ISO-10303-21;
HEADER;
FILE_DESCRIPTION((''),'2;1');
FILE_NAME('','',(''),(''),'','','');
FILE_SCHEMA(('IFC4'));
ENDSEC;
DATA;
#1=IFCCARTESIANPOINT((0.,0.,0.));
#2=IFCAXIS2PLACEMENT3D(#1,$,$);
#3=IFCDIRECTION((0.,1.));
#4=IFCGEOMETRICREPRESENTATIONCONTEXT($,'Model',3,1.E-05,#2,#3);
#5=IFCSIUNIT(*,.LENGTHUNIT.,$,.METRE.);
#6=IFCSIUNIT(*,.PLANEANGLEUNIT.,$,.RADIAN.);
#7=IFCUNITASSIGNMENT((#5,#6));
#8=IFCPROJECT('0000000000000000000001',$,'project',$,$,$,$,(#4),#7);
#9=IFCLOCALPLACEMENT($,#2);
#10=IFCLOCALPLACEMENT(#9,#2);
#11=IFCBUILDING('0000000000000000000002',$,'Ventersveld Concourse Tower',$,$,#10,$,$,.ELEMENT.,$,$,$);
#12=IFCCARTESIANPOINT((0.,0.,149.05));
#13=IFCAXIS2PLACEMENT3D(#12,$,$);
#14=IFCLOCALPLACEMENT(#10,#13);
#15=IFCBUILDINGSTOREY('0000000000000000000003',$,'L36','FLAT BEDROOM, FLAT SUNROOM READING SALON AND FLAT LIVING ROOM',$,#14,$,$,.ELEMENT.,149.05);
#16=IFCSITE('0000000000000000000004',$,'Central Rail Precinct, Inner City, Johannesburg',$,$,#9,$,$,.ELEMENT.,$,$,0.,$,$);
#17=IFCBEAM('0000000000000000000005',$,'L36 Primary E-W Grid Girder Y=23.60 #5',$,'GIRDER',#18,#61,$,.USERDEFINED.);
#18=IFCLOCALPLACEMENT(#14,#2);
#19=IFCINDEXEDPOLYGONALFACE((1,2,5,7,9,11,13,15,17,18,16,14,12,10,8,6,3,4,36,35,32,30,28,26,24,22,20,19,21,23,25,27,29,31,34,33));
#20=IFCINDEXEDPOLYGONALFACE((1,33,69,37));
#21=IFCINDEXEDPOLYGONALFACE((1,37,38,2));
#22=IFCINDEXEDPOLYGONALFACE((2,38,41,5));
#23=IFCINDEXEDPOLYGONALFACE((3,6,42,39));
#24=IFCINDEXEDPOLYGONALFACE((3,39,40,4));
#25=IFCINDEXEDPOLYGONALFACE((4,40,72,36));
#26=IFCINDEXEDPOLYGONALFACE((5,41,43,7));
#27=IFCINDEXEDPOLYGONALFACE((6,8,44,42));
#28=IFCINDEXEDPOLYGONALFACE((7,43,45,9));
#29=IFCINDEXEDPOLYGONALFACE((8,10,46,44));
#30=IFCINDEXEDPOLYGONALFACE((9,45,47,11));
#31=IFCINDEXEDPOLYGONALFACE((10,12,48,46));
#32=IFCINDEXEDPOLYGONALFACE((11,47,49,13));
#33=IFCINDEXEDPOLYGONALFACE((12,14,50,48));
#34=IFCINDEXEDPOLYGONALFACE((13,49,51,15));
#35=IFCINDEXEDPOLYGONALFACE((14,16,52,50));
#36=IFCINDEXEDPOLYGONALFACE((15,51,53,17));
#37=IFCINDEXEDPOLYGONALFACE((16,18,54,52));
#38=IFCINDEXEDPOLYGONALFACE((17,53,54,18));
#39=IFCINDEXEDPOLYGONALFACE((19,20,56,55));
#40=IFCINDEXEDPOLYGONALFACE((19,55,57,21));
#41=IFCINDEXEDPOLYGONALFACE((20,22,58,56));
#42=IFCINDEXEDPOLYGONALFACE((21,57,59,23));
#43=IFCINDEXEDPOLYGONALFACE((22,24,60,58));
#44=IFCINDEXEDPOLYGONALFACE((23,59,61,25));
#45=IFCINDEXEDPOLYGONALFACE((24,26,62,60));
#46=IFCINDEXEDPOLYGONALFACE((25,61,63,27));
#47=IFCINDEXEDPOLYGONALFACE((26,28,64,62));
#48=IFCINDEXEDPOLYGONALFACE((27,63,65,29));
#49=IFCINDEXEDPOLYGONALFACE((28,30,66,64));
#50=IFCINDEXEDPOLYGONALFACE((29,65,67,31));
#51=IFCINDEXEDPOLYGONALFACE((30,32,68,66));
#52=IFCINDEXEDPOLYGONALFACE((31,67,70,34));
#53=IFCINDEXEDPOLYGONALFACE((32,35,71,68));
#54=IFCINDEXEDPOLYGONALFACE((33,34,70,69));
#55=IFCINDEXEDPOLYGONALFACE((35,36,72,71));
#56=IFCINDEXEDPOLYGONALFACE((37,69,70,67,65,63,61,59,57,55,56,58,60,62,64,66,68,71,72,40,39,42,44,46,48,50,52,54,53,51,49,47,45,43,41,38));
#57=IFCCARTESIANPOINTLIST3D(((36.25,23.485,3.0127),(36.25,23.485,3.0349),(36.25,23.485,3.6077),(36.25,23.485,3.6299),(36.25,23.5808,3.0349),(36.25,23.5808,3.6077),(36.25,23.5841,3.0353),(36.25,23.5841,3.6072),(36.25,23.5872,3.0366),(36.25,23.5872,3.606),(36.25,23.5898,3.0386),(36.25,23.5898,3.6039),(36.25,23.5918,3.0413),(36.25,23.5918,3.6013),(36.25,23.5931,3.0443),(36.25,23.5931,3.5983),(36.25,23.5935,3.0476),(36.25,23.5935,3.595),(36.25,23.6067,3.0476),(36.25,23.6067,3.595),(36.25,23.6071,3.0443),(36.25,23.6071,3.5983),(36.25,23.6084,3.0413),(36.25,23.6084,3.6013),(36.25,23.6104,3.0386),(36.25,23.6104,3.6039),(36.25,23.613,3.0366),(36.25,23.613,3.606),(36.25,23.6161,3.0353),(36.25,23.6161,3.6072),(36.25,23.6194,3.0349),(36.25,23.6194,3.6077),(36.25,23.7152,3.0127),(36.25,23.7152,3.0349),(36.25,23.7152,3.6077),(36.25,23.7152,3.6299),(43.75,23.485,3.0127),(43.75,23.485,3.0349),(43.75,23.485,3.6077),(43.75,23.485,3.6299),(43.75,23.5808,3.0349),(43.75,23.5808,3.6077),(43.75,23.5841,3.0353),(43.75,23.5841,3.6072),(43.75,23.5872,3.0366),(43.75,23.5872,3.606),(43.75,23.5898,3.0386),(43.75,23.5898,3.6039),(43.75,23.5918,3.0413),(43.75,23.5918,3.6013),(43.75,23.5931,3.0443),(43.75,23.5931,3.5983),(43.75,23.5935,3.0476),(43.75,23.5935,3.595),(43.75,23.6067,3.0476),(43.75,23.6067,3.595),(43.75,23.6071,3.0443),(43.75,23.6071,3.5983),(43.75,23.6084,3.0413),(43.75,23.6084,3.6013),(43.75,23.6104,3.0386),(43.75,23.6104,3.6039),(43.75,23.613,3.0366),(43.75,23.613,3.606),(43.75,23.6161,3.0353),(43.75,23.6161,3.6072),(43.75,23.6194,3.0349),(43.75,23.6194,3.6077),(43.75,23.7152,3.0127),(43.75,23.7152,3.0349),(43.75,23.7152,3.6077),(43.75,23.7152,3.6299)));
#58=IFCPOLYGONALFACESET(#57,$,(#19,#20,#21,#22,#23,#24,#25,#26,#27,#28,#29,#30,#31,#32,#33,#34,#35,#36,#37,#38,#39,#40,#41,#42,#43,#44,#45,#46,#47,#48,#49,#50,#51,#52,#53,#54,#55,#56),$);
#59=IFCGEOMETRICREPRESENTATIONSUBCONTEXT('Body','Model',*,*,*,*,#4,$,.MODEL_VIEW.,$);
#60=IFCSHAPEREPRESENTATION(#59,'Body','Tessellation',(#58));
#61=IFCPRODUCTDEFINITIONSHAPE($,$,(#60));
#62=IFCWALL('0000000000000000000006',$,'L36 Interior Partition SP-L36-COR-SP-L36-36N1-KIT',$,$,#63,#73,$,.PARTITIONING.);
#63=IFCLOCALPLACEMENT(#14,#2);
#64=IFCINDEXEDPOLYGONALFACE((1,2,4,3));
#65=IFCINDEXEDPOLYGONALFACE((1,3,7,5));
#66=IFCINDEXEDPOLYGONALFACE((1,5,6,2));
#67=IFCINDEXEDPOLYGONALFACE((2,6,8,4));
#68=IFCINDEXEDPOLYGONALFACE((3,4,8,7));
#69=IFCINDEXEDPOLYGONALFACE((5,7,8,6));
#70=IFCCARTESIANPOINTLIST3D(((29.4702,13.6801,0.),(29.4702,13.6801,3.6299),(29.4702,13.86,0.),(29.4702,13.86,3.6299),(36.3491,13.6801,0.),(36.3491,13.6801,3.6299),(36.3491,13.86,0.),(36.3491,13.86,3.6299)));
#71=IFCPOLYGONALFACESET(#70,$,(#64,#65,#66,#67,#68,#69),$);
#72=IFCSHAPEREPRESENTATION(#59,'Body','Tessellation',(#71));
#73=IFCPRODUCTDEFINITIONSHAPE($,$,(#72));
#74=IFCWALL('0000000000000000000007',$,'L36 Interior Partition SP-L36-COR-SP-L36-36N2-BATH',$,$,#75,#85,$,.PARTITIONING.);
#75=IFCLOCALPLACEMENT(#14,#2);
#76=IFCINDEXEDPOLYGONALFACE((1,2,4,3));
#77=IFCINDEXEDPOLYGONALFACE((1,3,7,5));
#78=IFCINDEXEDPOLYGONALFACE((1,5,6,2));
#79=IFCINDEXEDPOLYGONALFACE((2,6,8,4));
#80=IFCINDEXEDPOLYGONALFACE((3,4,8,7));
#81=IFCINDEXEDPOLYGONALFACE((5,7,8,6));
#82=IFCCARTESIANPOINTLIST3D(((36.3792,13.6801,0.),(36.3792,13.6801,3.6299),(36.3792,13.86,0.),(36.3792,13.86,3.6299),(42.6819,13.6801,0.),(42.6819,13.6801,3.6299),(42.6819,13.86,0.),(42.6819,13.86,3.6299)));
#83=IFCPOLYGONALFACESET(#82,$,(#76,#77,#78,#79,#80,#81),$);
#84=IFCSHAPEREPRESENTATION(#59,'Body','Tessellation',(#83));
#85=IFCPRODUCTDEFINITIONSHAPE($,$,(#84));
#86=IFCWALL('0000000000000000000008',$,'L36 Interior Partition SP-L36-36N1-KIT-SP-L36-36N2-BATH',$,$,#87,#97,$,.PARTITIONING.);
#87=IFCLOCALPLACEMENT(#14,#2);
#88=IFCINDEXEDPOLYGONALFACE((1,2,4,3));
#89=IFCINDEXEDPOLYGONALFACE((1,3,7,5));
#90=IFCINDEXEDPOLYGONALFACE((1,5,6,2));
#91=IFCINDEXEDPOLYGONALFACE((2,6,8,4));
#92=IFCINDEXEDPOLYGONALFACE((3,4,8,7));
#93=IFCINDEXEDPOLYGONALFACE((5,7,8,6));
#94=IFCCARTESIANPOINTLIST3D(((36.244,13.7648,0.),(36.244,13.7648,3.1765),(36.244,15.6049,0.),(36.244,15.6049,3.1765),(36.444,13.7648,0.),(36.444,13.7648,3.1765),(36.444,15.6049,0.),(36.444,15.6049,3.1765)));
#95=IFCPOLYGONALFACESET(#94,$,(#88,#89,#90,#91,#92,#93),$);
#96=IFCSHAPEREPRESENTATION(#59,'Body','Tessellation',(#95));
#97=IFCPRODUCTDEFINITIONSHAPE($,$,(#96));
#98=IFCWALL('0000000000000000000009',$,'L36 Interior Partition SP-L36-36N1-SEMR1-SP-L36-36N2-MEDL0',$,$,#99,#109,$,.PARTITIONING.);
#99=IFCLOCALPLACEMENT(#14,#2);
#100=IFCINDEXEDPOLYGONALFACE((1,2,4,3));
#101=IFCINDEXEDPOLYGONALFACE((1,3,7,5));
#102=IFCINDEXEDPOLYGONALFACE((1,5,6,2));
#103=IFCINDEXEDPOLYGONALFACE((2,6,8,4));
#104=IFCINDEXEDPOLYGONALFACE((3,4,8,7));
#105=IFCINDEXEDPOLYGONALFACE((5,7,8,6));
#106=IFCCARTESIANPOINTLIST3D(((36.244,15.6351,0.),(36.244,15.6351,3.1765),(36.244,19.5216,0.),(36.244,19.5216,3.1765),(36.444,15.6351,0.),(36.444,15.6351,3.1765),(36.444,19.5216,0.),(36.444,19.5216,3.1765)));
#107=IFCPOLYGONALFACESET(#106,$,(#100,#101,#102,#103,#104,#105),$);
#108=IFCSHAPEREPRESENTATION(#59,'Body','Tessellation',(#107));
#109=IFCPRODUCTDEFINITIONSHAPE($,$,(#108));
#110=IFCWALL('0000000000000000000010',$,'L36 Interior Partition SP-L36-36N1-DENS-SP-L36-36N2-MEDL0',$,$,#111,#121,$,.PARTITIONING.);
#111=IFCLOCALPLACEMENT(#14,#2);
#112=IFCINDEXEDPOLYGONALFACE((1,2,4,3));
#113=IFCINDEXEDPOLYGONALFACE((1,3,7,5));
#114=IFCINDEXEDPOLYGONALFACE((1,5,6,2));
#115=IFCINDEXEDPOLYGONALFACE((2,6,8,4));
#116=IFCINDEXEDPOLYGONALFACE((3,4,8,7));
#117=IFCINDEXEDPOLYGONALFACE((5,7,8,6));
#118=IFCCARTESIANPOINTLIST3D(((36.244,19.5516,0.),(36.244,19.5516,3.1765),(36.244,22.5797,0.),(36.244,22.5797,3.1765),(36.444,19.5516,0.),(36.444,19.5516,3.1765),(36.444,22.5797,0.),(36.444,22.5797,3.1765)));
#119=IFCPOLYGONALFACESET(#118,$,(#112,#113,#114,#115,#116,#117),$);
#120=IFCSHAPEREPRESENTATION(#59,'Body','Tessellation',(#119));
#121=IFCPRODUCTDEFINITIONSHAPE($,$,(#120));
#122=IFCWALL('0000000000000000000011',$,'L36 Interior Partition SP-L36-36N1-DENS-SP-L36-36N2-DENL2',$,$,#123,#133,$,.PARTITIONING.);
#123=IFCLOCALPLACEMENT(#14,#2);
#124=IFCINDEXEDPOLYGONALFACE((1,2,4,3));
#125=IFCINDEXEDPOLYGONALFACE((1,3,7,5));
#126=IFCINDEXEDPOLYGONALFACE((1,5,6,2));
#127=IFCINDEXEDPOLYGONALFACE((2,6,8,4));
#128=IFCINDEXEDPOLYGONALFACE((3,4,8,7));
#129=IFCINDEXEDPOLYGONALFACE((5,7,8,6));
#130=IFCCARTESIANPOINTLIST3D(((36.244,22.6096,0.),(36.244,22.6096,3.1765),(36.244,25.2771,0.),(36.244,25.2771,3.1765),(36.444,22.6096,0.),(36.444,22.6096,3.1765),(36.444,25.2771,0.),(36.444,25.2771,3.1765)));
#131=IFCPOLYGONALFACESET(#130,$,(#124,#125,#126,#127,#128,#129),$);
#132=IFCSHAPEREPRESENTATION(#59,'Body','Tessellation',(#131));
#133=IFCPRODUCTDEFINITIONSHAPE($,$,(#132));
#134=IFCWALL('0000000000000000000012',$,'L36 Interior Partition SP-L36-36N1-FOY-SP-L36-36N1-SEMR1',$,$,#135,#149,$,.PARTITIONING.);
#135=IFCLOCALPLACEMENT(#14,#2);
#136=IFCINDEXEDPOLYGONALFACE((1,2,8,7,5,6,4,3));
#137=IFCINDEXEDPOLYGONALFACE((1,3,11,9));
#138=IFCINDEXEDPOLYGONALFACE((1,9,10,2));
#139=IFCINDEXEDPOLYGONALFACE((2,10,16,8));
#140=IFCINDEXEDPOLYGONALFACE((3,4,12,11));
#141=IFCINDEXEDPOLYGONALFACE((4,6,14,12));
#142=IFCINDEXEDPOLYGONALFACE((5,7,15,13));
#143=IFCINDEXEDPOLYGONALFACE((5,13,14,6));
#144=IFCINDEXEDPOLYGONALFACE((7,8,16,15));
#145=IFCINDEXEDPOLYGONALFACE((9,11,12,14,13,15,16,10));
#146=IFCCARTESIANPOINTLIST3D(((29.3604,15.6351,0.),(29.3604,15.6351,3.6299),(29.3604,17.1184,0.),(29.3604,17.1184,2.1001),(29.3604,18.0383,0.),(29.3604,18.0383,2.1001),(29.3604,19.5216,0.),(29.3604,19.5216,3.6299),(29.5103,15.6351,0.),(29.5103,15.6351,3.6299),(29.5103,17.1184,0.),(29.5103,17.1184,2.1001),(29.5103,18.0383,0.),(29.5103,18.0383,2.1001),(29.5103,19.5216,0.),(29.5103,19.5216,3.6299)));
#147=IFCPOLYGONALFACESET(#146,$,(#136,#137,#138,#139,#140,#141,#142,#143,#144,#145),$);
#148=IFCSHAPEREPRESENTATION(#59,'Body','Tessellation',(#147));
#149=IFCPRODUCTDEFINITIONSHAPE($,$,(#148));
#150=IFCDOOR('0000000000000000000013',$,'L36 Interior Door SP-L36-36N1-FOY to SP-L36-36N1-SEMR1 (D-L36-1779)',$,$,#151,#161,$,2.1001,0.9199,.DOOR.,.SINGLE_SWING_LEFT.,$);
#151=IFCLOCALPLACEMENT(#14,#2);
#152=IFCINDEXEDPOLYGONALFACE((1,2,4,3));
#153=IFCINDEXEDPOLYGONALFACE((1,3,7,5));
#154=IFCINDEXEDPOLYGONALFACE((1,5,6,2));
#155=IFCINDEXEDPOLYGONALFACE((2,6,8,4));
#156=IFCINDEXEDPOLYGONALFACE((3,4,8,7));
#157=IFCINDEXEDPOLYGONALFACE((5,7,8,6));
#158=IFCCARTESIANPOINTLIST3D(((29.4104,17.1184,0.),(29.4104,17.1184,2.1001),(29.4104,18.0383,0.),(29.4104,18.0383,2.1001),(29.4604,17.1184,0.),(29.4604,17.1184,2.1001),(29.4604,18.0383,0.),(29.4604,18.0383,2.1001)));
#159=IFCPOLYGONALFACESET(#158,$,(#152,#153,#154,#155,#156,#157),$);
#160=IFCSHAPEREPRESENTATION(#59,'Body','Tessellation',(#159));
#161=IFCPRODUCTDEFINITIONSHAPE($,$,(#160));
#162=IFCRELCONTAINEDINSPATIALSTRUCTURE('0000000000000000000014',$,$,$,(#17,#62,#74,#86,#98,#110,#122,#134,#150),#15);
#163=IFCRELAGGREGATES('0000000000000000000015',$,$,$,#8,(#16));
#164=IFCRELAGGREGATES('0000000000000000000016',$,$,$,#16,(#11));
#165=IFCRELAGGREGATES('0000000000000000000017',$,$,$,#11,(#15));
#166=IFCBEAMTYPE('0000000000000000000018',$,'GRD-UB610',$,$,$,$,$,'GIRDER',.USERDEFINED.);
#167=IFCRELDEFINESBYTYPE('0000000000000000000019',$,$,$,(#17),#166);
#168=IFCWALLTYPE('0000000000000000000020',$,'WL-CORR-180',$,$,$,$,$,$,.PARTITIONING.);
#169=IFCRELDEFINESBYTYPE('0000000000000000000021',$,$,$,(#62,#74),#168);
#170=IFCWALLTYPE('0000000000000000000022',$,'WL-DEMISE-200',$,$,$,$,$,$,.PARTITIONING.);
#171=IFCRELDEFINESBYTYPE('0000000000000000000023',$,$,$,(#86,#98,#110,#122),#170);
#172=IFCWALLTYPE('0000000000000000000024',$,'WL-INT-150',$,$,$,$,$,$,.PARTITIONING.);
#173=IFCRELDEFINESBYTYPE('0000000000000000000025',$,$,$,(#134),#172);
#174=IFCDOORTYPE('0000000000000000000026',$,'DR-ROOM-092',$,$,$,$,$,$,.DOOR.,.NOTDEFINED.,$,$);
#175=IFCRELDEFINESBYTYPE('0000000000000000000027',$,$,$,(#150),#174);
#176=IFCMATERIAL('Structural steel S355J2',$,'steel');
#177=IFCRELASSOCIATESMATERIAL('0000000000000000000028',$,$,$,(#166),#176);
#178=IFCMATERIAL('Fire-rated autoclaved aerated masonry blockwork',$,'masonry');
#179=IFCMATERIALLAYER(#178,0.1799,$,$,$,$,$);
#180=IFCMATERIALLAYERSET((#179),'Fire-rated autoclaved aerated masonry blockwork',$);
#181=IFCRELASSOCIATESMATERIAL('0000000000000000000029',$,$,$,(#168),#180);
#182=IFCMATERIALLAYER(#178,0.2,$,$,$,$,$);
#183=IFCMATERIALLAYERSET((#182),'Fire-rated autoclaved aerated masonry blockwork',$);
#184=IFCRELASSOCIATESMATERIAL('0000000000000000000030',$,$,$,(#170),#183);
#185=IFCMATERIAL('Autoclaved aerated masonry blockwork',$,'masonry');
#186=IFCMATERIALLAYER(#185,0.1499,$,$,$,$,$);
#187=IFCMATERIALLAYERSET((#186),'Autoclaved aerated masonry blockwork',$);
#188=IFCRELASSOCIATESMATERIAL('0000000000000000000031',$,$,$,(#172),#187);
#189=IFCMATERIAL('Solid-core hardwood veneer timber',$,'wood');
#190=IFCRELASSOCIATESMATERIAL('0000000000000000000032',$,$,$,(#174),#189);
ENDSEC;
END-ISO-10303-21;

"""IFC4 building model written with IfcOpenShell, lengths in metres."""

from ifc_helpers import new_model, si_unit, direction, frame, frame_2d, origin, origin_2d, place, context, subcontext, project, spatial, rectangle, i_section, extrude, material, layer, layer_set, material_profile, profile_set, type_object, element, fill, save


model = new_model("IFC4")

# Units and contexts
model_context = context("Model", 3, precision=1e-05, world=origin(), true_north=direction((0.0, 1.0)))
body_context = subcontext(model_context, "Body", "Model", "MODEL_VIEW")
ifc_project = project(units=[si_unit("LENGTHUNIT", "METRE"), si_unit("PLANEANGLEUNIT", "RADIAN")], contexts=[model_context])

# Site, building, storey
site_placement = place(None, origin())
site = spatial("IfcSite", under=ifc_project, at=site_placement, Name="Central Rail Precinct, Inner City, Johannesburg", CompositionType="ELEMENT", RefElevation=0.0)
building_placement = place(site_placement, origin())
building = spatial("IfcBuilding", under=site, at=building_placement, Name="Ventersveld Concourse Tower", CompositionType="ELEMENT")
storey_placement = place(building_placement, frame((0.0, 0.0, 149.05)))
storey = spatial("IfcBuildingStorey", under=building, at=storey_placement, Name="L36", Description="FLAT BEDROOM, FLAT SUNROOM READING SALON AND FLAT LIVING ROOM", CompositionType="ELEMENT", Elevation=149.05)

# Beam
ifc_material_1 = material(Name="Structural steel S355J2", Category="steel")
ifc_material_profile_1 = material_profile(ifc_material_1, i_section(OverallWidth=0.2302, OverallDepth=0.6172, WebThickness=0.0132, FlangeThickness=0.0222, FilletRadius=0.0127, at=origin_2d()), Name="UB 610x229x140")
ifc_profile_set_1 = profile_set([ifc_material_profile_1], Name="Structural steel S355J2")
beam_type_1 = type_object("IfcBeamType", Name="GRD-UB610", ElementType="GIRDER", PredefinedType="USERDEFINED", material=ifc_profile_set_1)
for number, where, z_axis, x_axis, name in (
    (1, (36.25, 23.6001, 3.3213), (1.0, 0.0, 0.0), (0.0, 1.0, 0.0), "L36 Primary E-W Grid Girder Y=23.60 #5"),
):
    element("IfcBeam", number, at=place(storey_placement, frame(where, z_axis=z_axis, x_axis=x_axis)), inside=storey, type_object=beam_type_1, Name=name, ObjectType="GIRDER", PredefinedType="USERDEFINED", context=body_context, shape_type="SweptSolid", body=[
        extrude(i_section(OverallWidth=0.2302, OverallDepth=0.6172, WebThickness=0.0132, FlangeThickness=0.0222, FilletRadius=0.0127, at=origin_2d()), origin(), (0.0, 0.0, 1.0), 7.5),
    ])

# Walls
ifc_material_2 = material(Name="Fire-rated autoclaved aerated masonry blockwork", Category="masonry")
ifc_layer_1 = layer(ifc_material_2, 0.1799)
ifc_layer_set_1 = layer_set([ifc_layer_1], Name="Fire-rated autoclaved aerated masonry blockwork")
wall_type_1 = type_object("IfcWallType", Name="WL-CORR-180", PredefinedType="PARTITIONING", material=ifc_layer_set_1)
wall_1_placement = place(storey_placement, frame((29.4702, 13.77, 0.0), z_axis=(0.0, 0.0, 1.0), x_axis=(1.0, 0.0, 0.0)))
element("IfcWall", 2, at=wall_1_placement, inside=storey, type_object=wall_type_1, Name="L36 Interior Partition SP-L36-COR-SP-L36-36N1-KIT", PredefinedType="PARTITIONING", context=body_context, shape_type="SweptSolid", body=[
    extrude(rectangle(XDim=6.8789, YDim=0.1799, at=frame_2d((3.4395, 0.0))), origin(), (0.0, 0.0, 1.0), 3.6299),
])
wall_2_placement = place(storey_placement, frame((36.3792, 13.77, 0.0), z_axis=(0.0, 0.0, 1.0), x_axis=(1.0, 0.0, 0.0)))
element("IfcWall", 3, at=wall_2_placement, inside=storey, type_object=wall_type_1, Name="L36 Interior Partition SP-L36-COR-SP-L36-36N2-BATH", PredefinedType="PARTITIONING", context=body_context, shape_type="SweptSolid", body=[
    extrude(rectangle(XDim=6.3027, YDim=0.1799, at=frame_2d((3.1514, 0.0))), origin(), (0.0, 0.0, 1.0), 3.6299),
])
ifc_layer_2 = layer(ifc_material_2, 0.2)
ifc_layer_set_2 = layer_set([ifc_layer_2], Name="Fire-rated autoclaved aerated masonry blockwork")
wall_type_2 = type_object("IfcWallType", Name="WL-DEMISE-200", PredefinedType="PARTITIONING", material=ifc_layer_set_2)
wall_3_placement = place(storey_placement, frame((36.344, 13.7649, 0.0), z_axis=(0.0, 0.0, 1.0), x_axis=(0.0, 1.0, 0.0)))
element("IfcWall", 4, at=wall_3_placement, inside=storey, type_object=wall_type_2, Name="L36 Interior Partition SP-L36-36N1-KIT-SP-L36-36N2-BATH", PredefinedType="PARTITIONING", context=body_context, shape_type="SweptSolid", body=[
    extrude(rectangle(XDim=1.8401, YDim=0.2, at=frame_2d((0.9199, 0.0))), origin(), (0.0, 0.0, 1.0), 3.1765),
])
wall_4_placement = place(storey_placement, frame((36.344, 15.635, 0.0), z_axis=(0.0, 0.0, 1.0), x_axis=(0.0, 1.0, 0.0)))
element("IfcWall", 5, at=wall_4_placement, inside=storey, type_object=wall_type_2, Name="L36 Interior Partition SP-L36-36N1-SEMR1-SP-L36-36N2-MEDL0", PredefinedType="PARTITIONING", context=body_context, shape_type="SweptSolid", body=[
    extrude(rectangle(XDim=3.8865, YDim=0.2, at=frame_2d((1.9434, 0.0))), origin(), (0.0, 0.0, 1.0), 3.1765),
])
wall_5_placement = place(storey_placement, frame((36.344, 19.5515, 0.0), z_axis=(0.0, 0.0, 1.0), x_axis=(0.0, 1.0, 0.0)))
element("IfcWall", 6, at=wall_5_placement, inside=storey, type_object=wall_type_2, Name="L36 Interior Partition SP-L36-36N1-DENS-SP-L36-36N2-MEDL0", PredefinedType="PARTITIONING", context=body_context, shape_type="SweptSolid", body=[
    extrude(rectangle(XDim=3.0281, YDim=0.2, at=frame_2d((1.5142, 0.0))), origin(), (0.0, 0.0, 1.0), 3.1765),
])
wall_6_placement = place(storey_placement, frame((36.344, 22.6096, 0.0), z_axis=(0.0, 0.0, 1.0), x_axis=(0.0, 1.0, 0.0)))
element("IfcWall", 7, at=wall_6_placement, inside=storey, type_object=wall_type_2, Name="L36 Interior Partition SP-L36-36N1-DENS-SP-L36-36N2-DENL2", PredefinedType="PARTITIONING", context=body_context, shape_type="SweptSolid", body=[
    extrude(rectangle(XDim=2.6675, YDim=0.2, at=frame_2d((1.3337, 0.0))), origin(), (0.0, 0.0, 1.0), 3.1765),
])

# Wall, opening, door
ifc_material_3 = material(Name="Autoclaved aerated masonry blockwork", Category="masonry")
ifc_layer_3 = layer(ifc_material_3, 0.1499)
ifc_layer_set_3 = layer_set([ifc_layer_3], Name="Autoclaved aerated masonry blockwork")
wall_type_3 = type_object("IfcWallType", Name="WL-INT-150", PredefinedType="PARTITIONING", material=ifc_layer_set_3)
wall_7_placement = place(storey_placement, frame((29.4353, 15.635, 0.0), z_axis=(0.0, 0.0, 1.0), x_axis=(0.0, 1.0, 0.0)))
wall_7 = element("IfcWall", 8, at=wall_7_placement, inside=storey, type_object=wall_type_3, Name="L36 Interior Partition SP-L36-36N1-FOY-SP-L36-36N1-SEMR1", PredefinedType="PARTITIONING", context=body_context, shape_type="SweptSolid", body=[
    extrude(rectangle(XDim=3.8865, YDim=0.1499, at=frame_2d((1.9434, 0.0))), origin(), (0.0, 0.0, 1.0), 3.6299),
])
opening_1_placement = place(wall_7_placement, frame((1.4834, 0.0, 0.0)))
opening_1 = element("IfcOpeningElement", 9, at=opening_1_placement, cuts=wall_7, PredefinedType="OPENING", context=body_context, shape_type="SweptSolid", body=[
    extrude(rectangle(XDim=0.9199, YDim=2.1001, at=frame_2d((0.46, 1.05))), frame((0.0, 0.085, 0.0), z_axis=(0.0, -1.0, 0.0), x_axis=(1.0, 0.0, 0.0)), (0.0, 0.0, 1.0), 0.1699),
])
ifc_material_4 = material(Name="Solid-core hardwood veneer timber", Category="wood")
door_type = type_object("IfcDoorType", Name="DR-ROOM-092", OperationType="NOTDEFINED", PredefinedType="DOOR", material=ifc_material_4)
door_1_placement = place(opening_1_placement, origin())
door_1 = element("IfcDoor", 10, at=door_1_placement, inside=storey, type_object=door_type, Name="L36 Interior Door SP-L36-36N1-FOY to SP-L36-36N1-SEMR1 (D-L36-1779)", OperationType="SINGLE_SWING_LEFT", OverallHeight=2.1001, OverallWidth=0.9199, PredefinedType="DOOR", context=body_context, shape_type="SweptSolid", body=[
    extrude(rectangle(XDim=0.9199, YDim=2.1001, at=frame_2d((0.46, 1.05))), frame((0.0, 0.0249, 0.0), z_axis=(0.0, -1.0, 0.0), x_axis=(1.0, 0.0, 0.0)), (0.0, 0.0, 1.0), 0.05),
])
fill(opening_1, door_1)

save(model, "model.ifc")
